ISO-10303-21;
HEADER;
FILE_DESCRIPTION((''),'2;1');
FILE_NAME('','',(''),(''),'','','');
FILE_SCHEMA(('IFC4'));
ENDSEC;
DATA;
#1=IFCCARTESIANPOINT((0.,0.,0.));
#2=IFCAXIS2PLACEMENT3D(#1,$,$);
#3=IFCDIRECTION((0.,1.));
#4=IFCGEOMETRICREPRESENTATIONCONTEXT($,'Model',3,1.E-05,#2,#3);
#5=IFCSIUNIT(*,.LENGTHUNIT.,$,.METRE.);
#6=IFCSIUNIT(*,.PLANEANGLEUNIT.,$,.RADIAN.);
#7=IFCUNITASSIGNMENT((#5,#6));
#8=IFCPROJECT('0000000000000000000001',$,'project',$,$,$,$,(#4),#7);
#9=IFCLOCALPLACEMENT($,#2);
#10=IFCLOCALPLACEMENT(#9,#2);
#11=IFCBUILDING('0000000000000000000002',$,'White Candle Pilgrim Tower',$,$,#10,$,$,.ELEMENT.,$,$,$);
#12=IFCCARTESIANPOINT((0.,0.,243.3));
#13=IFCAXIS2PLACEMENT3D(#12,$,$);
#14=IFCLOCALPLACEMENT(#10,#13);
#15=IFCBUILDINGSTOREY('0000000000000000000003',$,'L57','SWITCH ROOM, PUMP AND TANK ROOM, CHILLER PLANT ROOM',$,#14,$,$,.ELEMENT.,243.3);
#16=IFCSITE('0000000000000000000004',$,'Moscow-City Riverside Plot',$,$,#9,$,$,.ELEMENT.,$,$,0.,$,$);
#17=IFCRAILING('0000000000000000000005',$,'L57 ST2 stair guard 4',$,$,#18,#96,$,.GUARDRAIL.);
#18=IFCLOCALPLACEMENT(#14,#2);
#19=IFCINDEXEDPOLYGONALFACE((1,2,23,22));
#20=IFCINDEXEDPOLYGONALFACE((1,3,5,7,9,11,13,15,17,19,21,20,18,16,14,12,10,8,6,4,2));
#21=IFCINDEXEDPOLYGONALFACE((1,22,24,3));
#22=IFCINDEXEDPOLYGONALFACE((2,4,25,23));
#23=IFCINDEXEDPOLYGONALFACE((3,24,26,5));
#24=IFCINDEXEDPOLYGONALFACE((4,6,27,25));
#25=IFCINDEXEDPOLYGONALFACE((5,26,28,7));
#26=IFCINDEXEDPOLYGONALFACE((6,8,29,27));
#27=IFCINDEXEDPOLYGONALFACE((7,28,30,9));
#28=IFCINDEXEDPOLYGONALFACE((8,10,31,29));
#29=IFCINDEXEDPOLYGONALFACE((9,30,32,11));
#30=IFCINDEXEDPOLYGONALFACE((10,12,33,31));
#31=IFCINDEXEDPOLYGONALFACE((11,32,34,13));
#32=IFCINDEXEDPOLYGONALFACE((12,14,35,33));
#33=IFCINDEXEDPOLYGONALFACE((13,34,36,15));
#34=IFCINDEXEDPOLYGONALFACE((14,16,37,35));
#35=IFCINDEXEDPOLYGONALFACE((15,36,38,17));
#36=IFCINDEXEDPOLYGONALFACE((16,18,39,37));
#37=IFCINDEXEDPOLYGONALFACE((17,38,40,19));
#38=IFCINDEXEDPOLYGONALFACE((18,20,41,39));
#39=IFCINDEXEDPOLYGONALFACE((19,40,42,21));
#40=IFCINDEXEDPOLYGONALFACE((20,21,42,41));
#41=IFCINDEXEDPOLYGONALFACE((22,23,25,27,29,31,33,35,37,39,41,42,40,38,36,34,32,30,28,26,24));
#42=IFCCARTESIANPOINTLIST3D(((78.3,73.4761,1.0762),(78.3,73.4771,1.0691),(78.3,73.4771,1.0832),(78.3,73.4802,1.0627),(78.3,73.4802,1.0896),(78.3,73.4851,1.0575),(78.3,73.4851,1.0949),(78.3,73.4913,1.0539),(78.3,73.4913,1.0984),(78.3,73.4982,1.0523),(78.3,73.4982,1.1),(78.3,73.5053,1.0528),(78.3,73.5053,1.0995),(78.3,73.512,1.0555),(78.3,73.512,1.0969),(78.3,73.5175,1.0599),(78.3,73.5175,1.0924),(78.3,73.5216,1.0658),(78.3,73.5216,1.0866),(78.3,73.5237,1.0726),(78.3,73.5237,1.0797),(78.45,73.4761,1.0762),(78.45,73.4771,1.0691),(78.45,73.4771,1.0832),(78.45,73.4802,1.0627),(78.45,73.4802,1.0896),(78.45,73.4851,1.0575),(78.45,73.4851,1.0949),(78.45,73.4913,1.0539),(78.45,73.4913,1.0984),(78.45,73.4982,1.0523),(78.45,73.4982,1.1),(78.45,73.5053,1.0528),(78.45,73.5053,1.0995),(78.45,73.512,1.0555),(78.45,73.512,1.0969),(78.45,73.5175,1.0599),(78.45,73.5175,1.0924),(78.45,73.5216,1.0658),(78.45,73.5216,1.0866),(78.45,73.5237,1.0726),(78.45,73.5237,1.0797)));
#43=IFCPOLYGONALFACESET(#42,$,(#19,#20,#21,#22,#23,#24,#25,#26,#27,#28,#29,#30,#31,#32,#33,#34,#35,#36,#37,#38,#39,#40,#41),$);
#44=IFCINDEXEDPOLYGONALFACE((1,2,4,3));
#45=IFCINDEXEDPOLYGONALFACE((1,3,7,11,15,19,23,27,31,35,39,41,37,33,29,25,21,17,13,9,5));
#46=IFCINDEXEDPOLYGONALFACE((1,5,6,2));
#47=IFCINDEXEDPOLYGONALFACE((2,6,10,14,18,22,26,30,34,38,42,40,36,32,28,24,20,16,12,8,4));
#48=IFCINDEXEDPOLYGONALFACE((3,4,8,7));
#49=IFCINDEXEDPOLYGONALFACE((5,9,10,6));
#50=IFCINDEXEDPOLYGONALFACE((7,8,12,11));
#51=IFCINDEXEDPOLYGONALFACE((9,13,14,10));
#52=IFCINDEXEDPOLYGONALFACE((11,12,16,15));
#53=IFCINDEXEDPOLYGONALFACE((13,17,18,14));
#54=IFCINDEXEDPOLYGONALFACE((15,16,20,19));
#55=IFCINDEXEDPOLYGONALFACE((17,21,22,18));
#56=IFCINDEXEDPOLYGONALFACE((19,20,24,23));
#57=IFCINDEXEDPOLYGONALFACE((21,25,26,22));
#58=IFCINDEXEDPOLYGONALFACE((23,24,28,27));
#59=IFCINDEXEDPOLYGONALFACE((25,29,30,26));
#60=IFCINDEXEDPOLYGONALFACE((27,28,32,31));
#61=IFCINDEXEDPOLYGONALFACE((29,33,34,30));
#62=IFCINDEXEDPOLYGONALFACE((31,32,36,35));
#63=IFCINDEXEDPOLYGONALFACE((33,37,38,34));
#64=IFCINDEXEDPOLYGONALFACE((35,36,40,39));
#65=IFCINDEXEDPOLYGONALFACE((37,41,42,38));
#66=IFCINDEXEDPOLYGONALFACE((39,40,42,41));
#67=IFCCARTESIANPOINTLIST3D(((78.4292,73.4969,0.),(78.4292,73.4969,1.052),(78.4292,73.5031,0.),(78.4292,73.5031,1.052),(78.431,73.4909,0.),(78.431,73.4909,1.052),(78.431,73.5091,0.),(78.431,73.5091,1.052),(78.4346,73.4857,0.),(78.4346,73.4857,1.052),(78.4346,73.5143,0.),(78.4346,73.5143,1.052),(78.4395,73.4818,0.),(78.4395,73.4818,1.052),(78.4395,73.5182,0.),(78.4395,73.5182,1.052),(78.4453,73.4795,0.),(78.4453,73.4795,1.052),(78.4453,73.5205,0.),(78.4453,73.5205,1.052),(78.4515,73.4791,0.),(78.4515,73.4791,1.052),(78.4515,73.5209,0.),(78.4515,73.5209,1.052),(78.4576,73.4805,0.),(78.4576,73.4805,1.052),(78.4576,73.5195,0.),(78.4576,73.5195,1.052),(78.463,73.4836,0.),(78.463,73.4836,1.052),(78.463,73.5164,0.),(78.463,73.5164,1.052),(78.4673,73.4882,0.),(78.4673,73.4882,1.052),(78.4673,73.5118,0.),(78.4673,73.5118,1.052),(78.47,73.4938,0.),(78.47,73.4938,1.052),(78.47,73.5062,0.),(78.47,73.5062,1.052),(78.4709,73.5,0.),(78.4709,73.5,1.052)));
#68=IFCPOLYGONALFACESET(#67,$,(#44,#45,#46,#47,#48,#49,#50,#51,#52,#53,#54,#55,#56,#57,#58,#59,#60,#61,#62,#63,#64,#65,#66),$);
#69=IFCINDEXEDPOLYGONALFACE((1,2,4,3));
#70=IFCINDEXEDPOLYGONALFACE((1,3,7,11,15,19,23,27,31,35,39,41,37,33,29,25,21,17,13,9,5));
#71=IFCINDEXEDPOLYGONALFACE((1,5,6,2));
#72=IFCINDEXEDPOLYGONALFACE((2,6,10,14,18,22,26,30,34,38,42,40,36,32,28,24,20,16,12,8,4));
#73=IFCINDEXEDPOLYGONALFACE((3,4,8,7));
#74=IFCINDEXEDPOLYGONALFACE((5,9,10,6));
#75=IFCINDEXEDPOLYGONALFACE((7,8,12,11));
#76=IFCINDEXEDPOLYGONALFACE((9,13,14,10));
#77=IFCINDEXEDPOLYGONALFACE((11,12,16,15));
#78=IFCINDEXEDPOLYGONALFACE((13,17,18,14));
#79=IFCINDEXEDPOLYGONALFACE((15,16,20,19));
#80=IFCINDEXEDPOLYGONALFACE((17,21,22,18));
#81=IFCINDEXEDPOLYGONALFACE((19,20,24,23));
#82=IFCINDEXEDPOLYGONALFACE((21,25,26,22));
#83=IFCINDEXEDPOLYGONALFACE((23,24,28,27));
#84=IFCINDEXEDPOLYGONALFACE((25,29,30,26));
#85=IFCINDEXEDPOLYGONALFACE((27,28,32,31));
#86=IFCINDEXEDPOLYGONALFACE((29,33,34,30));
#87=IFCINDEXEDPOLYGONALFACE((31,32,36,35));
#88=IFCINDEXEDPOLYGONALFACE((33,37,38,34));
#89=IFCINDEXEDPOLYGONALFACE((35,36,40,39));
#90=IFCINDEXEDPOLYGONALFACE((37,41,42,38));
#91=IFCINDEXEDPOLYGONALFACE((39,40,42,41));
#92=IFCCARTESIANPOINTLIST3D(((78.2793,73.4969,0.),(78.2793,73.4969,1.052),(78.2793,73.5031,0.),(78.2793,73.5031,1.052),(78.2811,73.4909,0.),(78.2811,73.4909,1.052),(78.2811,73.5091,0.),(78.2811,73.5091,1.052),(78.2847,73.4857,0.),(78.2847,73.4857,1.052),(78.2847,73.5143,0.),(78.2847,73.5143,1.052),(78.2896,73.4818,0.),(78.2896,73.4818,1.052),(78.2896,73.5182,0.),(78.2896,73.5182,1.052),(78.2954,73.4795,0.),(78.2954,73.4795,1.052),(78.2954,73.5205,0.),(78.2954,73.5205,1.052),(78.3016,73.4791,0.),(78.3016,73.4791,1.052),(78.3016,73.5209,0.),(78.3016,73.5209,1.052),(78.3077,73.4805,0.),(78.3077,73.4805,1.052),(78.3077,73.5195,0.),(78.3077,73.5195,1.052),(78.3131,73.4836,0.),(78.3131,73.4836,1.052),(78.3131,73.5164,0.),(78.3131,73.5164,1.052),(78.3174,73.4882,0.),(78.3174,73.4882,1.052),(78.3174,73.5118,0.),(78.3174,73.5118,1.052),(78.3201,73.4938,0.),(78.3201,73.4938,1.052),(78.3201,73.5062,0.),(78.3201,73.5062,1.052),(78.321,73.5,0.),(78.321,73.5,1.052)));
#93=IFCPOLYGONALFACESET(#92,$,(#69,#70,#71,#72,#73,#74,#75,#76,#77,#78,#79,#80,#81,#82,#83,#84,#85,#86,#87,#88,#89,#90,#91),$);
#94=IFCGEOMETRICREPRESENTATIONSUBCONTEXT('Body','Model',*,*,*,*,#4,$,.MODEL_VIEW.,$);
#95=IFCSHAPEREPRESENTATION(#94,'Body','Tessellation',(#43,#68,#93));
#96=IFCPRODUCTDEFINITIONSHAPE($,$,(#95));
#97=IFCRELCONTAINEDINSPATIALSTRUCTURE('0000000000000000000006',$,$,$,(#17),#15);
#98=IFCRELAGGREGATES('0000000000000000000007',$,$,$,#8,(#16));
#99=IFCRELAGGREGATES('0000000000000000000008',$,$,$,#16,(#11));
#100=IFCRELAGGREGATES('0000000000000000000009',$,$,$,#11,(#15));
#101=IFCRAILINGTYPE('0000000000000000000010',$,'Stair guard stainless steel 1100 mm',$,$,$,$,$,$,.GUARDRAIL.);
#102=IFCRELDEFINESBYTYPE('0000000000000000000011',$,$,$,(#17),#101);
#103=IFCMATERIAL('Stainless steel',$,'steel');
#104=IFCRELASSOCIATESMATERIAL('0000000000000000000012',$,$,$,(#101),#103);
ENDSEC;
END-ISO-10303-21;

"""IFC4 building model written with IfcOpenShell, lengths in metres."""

from ifc_helpers import new_model, si_unit, direction, frame, origin, origin_2d, place, context, subcontext, project, spatial, circle, extrude, material, type_object, element, save


model = new_model("IFC4")

# Units and contexts
model_context = context("Model", 3, precision=1e-05, world=origin(), true_north=direction((0.0, 1.0)))
body_context = subcontext(model_context, "Body", "Model", "MODEL_VIEW")
ifc_project = project(units=[si_unit("LENGTHUNIT", "METRE"), si_unit("PLANEANGLEUNIT", "RADIAN")], contexts=[model_context])

# Site, building, storey
site_placement = place(None, origin())
site = spatial("IfcSite", under=ifc_project, at=site_placement, Name="Moscow-City Riverside Plot", CompositionType="ELEMENT", RefElevation=0.0)
building_placement = place(site_placement, origin())
building = spatial("IfcBuilding", under=site, at=building_placement, Name="White Candle Pilgrim Tower", CompositionType="ELEMENT")
storey_placement = place(building_placement, frame((0.0, 0.0, 243.3)))
storey = spatial("IfcBuildingStorey", under=building, at=storey_placement, Name="L57", Description="SWITCH ROOM, PUMP AND TANK ROOM, CHILLER PLANT ROOM", CompositionType="ELEMENT", Elevation=243.3)

# Railing
ifc_material_1 = material(Name="Stainless steel", Category="steel")
railing_type_1 = type_object("IfcRailingType", Name="Stair guard stainless steel 1100 mm", PredefinedType="GUARDRAIL", material=ifc_material_1)
railing_1_placement = place(storey_placement, frame((78.45, 73.5, 0.0)))
element("IfcRailing", 1, at=railing_1_placement, inside=storey, type_object=railing_type_1, Name="L57 ST2 stair guard 4", PredefinedType="GUARDRAIL", context=body_context, shape_type="SweptSolid", body=[
    extrude(circle(Radius=0.0239, at=origin_2d()), frame((0.0, 0.0, 1.0762), z_axis=(-1.0, 0.0, 0.0), x_axis=(0.0, -1.0, 0.0)), (0.0, 0.0, 1.0), 0.1499),
    extrude(circle(Radius=0.021, at=origin_2d()), origin(), (0.0, 0.0, 1.0), 1.052),
    extrude(circle(Radius=0.021, at=origin_2d()), frame((-0.1499, 0.0, 0.0)), (0.0, 0.0, 1.0), 1.052),
])

save(model, "model.ifc")
